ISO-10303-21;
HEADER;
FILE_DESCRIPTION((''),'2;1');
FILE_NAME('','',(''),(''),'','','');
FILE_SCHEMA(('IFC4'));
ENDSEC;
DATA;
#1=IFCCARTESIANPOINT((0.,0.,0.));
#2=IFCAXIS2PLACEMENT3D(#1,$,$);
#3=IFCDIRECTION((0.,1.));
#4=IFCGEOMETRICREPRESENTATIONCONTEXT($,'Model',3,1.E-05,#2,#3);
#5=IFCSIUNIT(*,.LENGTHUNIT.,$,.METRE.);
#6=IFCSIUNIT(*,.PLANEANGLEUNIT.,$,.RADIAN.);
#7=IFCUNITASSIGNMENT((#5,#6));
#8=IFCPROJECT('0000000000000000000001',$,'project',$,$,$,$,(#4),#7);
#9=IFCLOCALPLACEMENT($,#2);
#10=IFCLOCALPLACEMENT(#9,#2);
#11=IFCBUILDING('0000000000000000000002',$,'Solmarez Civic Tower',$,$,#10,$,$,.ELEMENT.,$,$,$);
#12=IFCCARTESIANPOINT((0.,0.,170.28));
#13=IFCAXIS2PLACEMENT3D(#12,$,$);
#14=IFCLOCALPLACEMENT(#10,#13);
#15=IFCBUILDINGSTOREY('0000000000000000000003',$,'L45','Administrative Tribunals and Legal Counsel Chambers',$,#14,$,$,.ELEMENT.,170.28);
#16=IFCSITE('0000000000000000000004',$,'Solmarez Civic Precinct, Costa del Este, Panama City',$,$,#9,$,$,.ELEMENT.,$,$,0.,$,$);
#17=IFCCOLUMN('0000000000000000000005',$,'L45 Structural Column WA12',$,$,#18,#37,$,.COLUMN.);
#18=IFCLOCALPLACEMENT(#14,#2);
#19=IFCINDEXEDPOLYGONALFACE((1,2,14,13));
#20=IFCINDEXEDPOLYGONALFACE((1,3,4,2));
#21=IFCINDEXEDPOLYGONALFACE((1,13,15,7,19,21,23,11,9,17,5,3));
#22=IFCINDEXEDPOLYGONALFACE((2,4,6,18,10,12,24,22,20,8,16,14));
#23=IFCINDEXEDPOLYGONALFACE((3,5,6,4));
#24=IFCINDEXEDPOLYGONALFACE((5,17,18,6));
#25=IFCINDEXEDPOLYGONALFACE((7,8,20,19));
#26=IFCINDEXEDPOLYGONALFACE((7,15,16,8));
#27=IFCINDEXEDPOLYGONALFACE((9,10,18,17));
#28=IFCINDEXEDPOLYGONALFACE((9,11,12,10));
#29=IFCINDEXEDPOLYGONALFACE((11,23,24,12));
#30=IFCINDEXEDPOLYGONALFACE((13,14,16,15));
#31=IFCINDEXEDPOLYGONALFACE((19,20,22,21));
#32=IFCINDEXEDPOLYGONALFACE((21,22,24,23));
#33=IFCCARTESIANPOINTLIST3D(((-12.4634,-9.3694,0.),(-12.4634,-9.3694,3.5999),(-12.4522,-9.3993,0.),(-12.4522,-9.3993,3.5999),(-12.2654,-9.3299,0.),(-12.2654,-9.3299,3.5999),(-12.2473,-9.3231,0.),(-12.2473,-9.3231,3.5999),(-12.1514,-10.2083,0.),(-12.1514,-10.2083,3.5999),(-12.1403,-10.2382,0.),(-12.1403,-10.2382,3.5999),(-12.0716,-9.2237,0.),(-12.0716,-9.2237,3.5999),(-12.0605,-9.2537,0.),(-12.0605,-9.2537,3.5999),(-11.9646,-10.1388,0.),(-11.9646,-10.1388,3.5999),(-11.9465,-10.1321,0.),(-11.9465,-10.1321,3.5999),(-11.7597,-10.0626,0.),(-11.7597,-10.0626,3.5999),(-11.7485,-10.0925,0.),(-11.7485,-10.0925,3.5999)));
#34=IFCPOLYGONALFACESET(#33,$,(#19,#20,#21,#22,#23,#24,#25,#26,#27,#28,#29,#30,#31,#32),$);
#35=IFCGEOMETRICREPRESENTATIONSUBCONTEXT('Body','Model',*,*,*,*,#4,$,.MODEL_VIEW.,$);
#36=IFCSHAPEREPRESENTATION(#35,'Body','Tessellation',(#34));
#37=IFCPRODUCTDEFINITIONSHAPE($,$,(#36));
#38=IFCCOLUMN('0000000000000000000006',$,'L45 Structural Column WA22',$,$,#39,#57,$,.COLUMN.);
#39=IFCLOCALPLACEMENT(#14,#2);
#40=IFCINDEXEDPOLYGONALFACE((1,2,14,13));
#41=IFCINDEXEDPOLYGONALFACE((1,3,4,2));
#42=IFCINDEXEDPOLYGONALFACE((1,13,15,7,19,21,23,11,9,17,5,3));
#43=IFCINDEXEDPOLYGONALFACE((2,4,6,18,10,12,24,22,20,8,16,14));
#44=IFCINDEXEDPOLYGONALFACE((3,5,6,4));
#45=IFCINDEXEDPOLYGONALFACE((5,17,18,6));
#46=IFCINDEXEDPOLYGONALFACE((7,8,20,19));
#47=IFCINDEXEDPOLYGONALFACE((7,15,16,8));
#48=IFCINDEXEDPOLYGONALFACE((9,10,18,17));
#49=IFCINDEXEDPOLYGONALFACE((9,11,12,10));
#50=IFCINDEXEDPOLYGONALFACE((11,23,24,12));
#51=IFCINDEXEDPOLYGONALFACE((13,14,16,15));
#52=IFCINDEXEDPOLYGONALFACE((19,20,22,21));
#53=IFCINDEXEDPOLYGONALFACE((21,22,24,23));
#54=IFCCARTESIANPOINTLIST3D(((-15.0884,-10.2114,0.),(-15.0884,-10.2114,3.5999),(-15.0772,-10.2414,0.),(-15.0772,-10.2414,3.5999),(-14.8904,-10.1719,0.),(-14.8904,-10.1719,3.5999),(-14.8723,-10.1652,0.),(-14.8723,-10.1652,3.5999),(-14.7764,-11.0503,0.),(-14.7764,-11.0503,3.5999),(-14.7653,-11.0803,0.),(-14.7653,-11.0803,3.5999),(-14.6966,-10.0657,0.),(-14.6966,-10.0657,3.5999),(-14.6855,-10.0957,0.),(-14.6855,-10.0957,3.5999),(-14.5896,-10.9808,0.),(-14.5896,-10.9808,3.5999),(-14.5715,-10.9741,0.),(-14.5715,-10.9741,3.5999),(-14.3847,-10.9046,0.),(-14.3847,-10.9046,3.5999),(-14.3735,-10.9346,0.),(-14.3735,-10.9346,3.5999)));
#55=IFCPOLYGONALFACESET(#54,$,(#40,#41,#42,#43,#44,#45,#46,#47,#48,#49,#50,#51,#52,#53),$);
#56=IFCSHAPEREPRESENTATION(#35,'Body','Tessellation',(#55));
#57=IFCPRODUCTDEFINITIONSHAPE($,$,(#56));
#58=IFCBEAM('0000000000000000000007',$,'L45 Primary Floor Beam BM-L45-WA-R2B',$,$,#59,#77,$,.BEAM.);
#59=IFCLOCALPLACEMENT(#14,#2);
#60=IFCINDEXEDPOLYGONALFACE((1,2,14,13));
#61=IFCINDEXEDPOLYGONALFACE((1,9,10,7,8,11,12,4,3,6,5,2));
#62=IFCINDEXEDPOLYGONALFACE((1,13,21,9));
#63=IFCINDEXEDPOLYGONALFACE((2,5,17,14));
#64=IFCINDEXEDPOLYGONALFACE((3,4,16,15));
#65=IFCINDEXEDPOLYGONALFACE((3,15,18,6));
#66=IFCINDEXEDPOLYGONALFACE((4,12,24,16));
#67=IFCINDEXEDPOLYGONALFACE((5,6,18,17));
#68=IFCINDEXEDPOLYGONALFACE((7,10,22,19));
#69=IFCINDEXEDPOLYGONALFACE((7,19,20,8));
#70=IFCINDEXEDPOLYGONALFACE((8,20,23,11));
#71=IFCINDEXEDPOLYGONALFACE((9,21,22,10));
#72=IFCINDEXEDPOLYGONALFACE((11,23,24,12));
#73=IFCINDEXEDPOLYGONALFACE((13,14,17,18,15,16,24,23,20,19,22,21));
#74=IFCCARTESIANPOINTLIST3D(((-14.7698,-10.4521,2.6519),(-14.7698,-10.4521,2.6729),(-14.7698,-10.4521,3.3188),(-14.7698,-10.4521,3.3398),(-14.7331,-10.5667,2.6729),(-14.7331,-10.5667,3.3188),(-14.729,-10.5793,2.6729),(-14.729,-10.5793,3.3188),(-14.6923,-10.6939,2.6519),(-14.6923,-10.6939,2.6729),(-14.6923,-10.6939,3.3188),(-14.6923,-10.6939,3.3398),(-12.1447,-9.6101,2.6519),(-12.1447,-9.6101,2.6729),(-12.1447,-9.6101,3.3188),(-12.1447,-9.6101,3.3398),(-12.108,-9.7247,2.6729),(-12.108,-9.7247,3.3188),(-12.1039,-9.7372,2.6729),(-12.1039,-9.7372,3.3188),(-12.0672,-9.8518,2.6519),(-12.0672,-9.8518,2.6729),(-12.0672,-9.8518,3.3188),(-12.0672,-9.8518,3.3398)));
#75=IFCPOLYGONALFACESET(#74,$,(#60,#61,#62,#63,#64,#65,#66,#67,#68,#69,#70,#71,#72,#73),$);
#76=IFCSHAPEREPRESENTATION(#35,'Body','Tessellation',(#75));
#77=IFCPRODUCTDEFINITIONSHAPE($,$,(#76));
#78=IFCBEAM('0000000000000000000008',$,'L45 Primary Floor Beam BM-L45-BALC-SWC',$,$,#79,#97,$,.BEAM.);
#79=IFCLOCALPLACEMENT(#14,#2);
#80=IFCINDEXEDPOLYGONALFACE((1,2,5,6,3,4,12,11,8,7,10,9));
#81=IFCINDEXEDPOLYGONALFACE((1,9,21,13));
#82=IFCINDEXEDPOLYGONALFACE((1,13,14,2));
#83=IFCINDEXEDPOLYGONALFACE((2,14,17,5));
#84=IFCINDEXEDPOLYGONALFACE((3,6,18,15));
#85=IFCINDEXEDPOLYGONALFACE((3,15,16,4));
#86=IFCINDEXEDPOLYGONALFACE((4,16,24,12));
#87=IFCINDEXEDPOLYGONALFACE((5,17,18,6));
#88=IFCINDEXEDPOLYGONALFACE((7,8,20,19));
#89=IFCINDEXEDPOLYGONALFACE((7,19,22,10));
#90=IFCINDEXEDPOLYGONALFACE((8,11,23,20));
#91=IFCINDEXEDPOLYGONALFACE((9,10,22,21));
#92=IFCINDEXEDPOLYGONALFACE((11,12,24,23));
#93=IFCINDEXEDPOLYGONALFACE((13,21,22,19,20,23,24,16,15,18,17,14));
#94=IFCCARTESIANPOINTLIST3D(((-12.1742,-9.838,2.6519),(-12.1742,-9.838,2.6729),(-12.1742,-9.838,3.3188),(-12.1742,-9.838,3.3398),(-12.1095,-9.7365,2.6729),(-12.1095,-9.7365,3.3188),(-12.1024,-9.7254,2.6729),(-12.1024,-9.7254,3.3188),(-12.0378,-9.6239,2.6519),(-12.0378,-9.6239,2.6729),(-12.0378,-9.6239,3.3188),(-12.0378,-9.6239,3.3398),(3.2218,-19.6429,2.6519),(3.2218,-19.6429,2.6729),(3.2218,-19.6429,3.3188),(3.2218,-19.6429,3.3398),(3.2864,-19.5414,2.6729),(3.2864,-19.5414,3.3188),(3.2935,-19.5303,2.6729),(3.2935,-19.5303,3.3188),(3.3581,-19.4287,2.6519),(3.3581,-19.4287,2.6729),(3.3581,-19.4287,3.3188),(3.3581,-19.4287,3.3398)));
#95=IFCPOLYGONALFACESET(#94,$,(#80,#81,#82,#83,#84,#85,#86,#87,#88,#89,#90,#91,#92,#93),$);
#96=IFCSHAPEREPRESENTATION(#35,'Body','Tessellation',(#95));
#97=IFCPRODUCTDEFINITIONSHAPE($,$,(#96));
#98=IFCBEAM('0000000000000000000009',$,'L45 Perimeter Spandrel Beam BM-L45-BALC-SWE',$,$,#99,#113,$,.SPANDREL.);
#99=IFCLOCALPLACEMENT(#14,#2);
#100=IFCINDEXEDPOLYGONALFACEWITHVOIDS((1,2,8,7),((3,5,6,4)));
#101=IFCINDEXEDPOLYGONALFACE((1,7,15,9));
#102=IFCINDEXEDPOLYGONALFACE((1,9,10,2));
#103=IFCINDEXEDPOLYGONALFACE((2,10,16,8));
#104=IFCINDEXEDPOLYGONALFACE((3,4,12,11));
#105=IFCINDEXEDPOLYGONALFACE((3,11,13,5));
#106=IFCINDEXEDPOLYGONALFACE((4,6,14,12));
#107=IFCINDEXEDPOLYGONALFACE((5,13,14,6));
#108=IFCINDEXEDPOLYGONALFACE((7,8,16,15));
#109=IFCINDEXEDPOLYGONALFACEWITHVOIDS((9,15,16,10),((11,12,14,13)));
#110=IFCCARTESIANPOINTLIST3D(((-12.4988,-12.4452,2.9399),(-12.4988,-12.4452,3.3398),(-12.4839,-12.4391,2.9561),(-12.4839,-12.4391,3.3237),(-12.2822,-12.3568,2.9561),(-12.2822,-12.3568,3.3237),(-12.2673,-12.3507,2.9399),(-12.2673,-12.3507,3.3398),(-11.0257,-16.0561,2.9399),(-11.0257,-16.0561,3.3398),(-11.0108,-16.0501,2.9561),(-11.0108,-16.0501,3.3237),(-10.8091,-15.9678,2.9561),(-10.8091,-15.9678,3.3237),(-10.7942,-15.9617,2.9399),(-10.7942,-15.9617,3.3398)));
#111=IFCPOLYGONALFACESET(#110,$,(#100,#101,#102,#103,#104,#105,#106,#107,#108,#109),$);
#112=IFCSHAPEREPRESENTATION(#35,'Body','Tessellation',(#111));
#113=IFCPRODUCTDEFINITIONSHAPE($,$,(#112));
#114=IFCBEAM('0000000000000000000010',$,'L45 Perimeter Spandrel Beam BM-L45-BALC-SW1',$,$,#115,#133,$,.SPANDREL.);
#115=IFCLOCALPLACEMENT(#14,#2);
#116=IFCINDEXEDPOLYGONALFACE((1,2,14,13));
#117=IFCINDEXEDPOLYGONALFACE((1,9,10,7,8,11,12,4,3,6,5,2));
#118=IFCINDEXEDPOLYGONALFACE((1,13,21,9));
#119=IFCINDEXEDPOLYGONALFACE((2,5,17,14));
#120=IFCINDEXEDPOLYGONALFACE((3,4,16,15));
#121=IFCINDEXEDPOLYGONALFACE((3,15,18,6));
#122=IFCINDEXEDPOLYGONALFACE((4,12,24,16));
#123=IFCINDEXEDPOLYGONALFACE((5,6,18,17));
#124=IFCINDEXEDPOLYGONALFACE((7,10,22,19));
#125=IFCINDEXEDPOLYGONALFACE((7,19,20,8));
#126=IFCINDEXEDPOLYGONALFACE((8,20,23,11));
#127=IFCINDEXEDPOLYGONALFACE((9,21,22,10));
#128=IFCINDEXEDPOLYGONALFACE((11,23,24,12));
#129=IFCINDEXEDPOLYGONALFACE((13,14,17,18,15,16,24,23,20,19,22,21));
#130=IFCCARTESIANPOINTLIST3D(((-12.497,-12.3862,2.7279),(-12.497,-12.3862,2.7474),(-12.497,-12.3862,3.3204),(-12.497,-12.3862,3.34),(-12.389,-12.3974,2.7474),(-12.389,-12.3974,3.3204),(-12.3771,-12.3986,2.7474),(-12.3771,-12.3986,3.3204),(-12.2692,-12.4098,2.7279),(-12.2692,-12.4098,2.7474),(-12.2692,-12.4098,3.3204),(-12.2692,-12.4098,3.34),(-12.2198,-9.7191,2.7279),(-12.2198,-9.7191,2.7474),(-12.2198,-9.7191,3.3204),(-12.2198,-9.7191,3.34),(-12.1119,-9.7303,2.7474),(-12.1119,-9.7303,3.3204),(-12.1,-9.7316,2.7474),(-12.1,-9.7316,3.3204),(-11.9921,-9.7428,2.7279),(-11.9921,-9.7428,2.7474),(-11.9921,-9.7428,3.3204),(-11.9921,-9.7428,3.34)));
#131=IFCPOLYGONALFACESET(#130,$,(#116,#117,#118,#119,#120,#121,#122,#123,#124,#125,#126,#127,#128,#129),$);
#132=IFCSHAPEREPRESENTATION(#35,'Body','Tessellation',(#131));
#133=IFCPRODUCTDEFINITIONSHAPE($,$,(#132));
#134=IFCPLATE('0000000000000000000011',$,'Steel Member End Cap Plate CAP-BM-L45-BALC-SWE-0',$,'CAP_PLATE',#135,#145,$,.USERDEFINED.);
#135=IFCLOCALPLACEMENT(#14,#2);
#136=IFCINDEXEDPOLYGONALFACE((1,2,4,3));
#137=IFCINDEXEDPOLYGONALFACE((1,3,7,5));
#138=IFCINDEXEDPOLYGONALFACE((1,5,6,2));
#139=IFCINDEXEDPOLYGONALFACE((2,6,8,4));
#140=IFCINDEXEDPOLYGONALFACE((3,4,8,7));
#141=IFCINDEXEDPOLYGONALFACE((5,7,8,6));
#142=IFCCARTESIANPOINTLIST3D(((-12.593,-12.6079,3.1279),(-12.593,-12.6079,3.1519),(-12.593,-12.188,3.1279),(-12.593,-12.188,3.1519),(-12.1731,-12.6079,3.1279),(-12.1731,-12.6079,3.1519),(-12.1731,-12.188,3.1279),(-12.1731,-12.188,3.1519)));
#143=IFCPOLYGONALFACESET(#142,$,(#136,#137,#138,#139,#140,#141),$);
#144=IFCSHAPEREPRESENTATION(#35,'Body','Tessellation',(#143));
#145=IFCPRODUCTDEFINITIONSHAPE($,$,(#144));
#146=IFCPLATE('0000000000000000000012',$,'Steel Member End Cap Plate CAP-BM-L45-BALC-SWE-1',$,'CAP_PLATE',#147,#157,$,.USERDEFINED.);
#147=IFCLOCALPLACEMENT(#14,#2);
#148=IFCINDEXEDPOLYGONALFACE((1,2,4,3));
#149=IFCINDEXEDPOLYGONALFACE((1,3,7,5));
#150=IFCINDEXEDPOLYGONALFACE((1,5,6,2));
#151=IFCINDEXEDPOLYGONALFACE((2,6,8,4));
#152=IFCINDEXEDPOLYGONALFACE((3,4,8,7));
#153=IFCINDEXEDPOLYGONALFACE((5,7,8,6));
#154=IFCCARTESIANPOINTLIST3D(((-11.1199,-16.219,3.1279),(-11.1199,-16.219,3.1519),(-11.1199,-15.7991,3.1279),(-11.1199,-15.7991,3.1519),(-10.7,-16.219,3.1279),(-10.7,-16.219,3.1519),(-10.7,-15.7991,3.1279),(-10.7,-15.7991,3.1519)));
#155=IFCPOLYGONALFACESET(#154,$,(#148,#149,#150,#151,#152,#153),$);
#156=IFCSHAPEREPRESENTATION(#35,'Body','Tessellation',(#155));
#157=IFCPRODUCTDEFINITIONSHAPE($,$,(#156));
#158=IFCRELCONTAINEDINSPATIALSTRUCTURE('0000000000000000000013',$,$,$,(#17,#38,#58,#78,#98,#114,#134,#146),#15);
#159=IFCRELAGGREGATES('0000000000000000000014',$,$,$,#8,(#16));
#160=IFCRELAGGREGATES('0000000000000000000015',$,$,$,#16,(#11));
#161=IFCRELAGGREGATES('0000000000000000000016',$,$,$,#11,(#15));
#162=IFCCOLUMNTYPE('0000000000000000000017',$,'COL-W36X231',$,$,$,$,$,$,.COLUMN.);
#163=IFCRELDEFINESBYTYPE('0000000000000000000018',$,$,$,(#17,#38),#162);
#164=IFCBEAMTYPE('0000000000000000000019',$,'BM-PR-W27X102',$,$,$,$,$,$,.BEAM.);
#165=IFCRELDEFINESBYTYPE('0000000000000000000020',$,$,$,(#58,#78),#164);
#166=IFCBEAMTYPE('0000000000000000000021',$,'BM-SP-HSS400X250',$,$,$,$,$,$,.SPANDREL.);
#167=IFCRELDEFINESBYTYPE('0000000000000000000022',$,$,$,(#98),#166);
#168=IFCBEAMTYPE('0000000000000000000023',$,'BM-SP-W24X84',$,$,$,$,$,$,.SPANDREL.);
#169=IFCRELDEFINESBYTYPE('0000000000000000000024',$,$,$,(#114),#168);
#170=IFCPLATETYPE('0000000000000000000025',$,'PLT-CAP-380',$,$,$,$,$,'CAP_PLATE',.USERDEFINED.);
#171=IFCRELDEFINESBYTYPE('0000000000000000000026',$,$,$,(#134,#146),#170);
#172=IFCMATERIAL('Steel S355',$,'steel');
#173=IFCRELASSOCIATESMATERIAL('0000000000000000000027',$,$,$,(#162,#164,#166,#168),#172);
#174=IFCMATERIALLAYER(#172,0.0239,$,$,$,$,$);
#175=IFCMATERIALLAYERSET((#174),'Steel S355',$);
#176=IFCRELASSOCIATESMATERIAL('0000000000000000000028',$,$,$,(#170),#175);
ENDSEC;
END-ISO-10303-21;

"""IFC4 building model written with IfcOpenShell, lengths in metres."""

from ifc_helpers import new_model, si_unit, direction, frame, origin, origin_2d, place, context, subcontext, project, spatial, rectangle, hollow_rectangle, i_section, extrude, material, layer, layer_set, material_profile, profile_set, type_object, element, save


model = new_model("IFC4")

# Units and contexts
model_context = context("Model", 3, precision=1e-05, world=origin(), true_north=direction((0.0, 1.0)))
body_context = subcontext(model_context, "Body", "Model", "MODEL_VIEW")
ifc_project = project(units=[si_unit("LENGTHUNIT", "METRE"), si_unit("PLANEANGLEUNIT", "RADIAN")], contexts=[model_context])

# Site, building, storey
site_placement = place(None, origin())
site = spatial("IfcSite", under=ifc_project, at=site_placement, Name="Solmarez Civic Precinct, Costa del Este, Panama City", CompositionType="ELEMENT", RefElevation=0.0)
building_placement = place(site_placement, origin())
building = spatial("IfcBuilding", under=site, at=building_placement, Name="Solmarez Civic Tower", CompositionType="ELEMENT")
storey_placement = place(building_placement, frame((0.0, 0.0, 170.28)))
storey = spatial("IfcBuildingStorey", under=building, at=storey_placement, Name="L45", Description="Administrative Tribunals and Legal Counsel Chambers", CompositionType="ELEMENT", Elevation=170.28)

# Columns
ifc_material_1 = material(Name="Steel S355", Category="steel")
ifc_material_profile_1 = material_profile(ifc_material_1, i_section(OverallWidth=0.418, OverallDepth=0.927, WebThickness=0.0193, FlangeThickness=0.032, at=origin_2d()), Name="W36X231")
ifc_profile_set_1 = profile_set([ifc_material_profile_1], Name="Steel S355")
column_type = type_object("IfcColumnType", Name="COL-W36X231", PredefinedType="COLUMN", material=ifc_profile_set_1)
for number, where, z_axis, x_axis, name in (
    (1, (-12.106, -9.731, 0.0), (0.0, 0.0, 1.0), (0.937282, 0.348572, 0.0), "L45 Structural Column WA12"),
    (2, (-14.731, -10.573, 0.0), (0.0, 0.0, 1.0), (0.937282, 0.348572, 0.0), "L45 Structural Column WA22"),
):
    element("IfcColumn", number, at=place(storey_placement, frame(where, z_axis=z_axis, x_axis=x_axis)), inside=storey, type_object=column_type, Name=name, PredefinedType="COLUMN", context=body_context, shape_type="SweptSolid", body=[
        extrude(i_section(OverallWidth=0.418, OverallDepth=0.927, WebThickness=0.0193, FlangeThickness=0.032, at=origin_2d()), origin(), (0.0, 0.0, 1.0), 3.5999),
    ])

# Beams
ifc_material_profile_2 = material_profile(ifc_material_1, i_section(OverallWidth=0.2539, OverallDepth=0.688, WebThickness=0.0132, FlangeThickness=0.021, at=origin_2d()), Name="W27X102")
ifc_profile_set_2 = profile_set([ifc_material_profile_2], Name="Steel S355")
beam_type_1 = type_object("IfcBeamType", Name="BM-PR-W27X102", PredefinedType="BEAM", material=ifc_profile_set_2)
beam_1_placement = place(storey_placement, frame((-12.106, -9.731, 2.9958), z_axis=(-0.952209, -0.305447, 0.0), x_axis=(0.305447, -0.952209, 0.0)))
element("IfcBeam", 3, at=beam_1_placement, inside=storey, type_object=beam_type_1, Name="L45 Primary Floor Beam BM-L45-WA-R2B", PredefinedType="BEAM", context=body_context, shape_type="SweptSolid", body=[
    extrude(i_section(OverallWidth=0.2539, OverallDepth=0.688, WebThickness=0.0132, FlangeThickness=0.021, at=origin_2d()), origin(), (0.0, 0.0, 1.0), 2.7568),
])
beam_2_placement = place(storey_placement, frame((-12.106, -9.731, 2.9958), z_axis=(0.843476, -0.537167, 0.0), x_axis=(0.537167, 0.843476, 0.0)))
element("IfcBeam", 4, at=beam_2_placement, inside=storey, type_object=beam_type_1, Name="L45 Primary Floor Beam BM-L45-BALC-SWC", PredefinedType="BEAM", context=body_context, shape_type="SweptSolid", body=[
    extrude(i_section(OverallWidth=0.2539, OverallDepth=0.688, WebThickness=0.0132, FlangeThickness=0.021, at=origin_2d()), origin(), (0.0, 0.0, 1.0), 18.2529),
])
ifc_material_profile_3 = material_profile(ifc_material_1, hollow_rectangle(XDim=0.25, YDim=0.3999, WallThickness=0.0161, at=origin_2d()), Name="HSS400X250X16")
ifc_profile_set_3 = profile_set([ifc_material_profile_3], Name="Steel S355")
beam_type_2 = type_object("IfcBeamType", Name="BM-SP-HSS400X250", PredefinedType="SPANDREL", material=ifc_profile_set_3)
beam_3_placement = place(storey_placement, frame((-12.3831, -12.3979, 3.1399), z_axis=(0.377728, -0.925916, 0.0), x_axis=(0.925916, 0.377728, 0.0)))
element("IfcBeam", 5, at=beam_3_placement, inside=storey, type_object=beam_type_2, Name="L45 Perimeter Spandrel Beam BM-L45-BALC-SWE", PredefinedType="SPANDREL", context=body_context, shape_type="SweptSolid", body=[
    extrude(hollow_rectangle(XDim=0.25, YDim=0.3999, WallThickness=0.0161, at=origin_2d()), origin(), (0.0, 0.0, 1.0), 3.8999),
])
ifc_material_profile_4 = material_profile(ifc_material_1, i_section(OverallWidth=0.229, OverallDepth=0.6121, WebThickness=0.012, FlangeThickness=0.0195, at=origin_2d()), Name="W24X84")
ifc_profile_set_4 = profile_set([ifc_material_profile_4], Name="Steel S355")
beam_type_3 = type_object("IfcBeamType", Name="BM-SP-W24X84", PredefinedType="SPANDREL", material=ifc_profile_set_4)
beam_4_placement = place(storey_placement, frame((-12.106, -9.731, 3.0339), z_axis=(-0.103343, -0.994646, 0.0), x_axis=(0.994646, -0.103343, 0.0)))
element("IfcBeam", 6, at=beam_4_placement, inside=storey, type_object=beam_type_3, Name="L45 Perimeter Spandrel Beam BM-L45-BALC-SW1", PredefinedType="SPANDREL", context=body_context, shape_type="SweptSolid", body=[
    extrude(i_section(OverallWidth=0.229, OverallDepth=0.6121, WebThickness=0.012, FlangeThickness=0.0195, at=origin_2d()), origin(), (0.0, 0.0, 1.0), 2.6814),
])

# Plates
ifc_layer_1 = layer(ifc_material_1, 0.0239)
ifc_layer_set_1 = layer_set([ifc_layer_1], Name="Steel S355")
plate_type = type_object("IfcPlateType", Name="PLT-CAP-380", ElementType="CAP_PLATE", PredefinedType="USERDEFINED", material=ifc_layer_set_1)
for number, where, z_axis, x_axis, name in (
    (7, (-12.3831, -12.3979, 3.1279), (0.0, 0.0, 1.0), (1.0, 0.0, 0.0), "Steel Member End Cap Plate CAP-BM-L45-BALC-SWE-0"),
    (8, (-10.9099, -16.009, 3.1279), (0.0, 0.0, 1.0), (1.0, 0.0, 0.0), "Steel Member End Cap Plate CAP-BM-L45-BALC-SWE-1"),
):
    element("IfcPlate", number, at=place(storey_placement, frame(where, z_axis=z_axis, x_axis=x_axis)), inside=storey, type_object=plate_type, Name=name, ObjectType="CAP_PLATE", PredefinedType="USERDEFINED", context=body_context, shape_type="SweptSolid", body=[
        extrude(rectangle(XDim=0.4199, YDim=0.4199, at=origin_2d()), origin(), (0.0, 0.0, 1.0), 0.0239),
    ])

save(model, "model.ifc")
